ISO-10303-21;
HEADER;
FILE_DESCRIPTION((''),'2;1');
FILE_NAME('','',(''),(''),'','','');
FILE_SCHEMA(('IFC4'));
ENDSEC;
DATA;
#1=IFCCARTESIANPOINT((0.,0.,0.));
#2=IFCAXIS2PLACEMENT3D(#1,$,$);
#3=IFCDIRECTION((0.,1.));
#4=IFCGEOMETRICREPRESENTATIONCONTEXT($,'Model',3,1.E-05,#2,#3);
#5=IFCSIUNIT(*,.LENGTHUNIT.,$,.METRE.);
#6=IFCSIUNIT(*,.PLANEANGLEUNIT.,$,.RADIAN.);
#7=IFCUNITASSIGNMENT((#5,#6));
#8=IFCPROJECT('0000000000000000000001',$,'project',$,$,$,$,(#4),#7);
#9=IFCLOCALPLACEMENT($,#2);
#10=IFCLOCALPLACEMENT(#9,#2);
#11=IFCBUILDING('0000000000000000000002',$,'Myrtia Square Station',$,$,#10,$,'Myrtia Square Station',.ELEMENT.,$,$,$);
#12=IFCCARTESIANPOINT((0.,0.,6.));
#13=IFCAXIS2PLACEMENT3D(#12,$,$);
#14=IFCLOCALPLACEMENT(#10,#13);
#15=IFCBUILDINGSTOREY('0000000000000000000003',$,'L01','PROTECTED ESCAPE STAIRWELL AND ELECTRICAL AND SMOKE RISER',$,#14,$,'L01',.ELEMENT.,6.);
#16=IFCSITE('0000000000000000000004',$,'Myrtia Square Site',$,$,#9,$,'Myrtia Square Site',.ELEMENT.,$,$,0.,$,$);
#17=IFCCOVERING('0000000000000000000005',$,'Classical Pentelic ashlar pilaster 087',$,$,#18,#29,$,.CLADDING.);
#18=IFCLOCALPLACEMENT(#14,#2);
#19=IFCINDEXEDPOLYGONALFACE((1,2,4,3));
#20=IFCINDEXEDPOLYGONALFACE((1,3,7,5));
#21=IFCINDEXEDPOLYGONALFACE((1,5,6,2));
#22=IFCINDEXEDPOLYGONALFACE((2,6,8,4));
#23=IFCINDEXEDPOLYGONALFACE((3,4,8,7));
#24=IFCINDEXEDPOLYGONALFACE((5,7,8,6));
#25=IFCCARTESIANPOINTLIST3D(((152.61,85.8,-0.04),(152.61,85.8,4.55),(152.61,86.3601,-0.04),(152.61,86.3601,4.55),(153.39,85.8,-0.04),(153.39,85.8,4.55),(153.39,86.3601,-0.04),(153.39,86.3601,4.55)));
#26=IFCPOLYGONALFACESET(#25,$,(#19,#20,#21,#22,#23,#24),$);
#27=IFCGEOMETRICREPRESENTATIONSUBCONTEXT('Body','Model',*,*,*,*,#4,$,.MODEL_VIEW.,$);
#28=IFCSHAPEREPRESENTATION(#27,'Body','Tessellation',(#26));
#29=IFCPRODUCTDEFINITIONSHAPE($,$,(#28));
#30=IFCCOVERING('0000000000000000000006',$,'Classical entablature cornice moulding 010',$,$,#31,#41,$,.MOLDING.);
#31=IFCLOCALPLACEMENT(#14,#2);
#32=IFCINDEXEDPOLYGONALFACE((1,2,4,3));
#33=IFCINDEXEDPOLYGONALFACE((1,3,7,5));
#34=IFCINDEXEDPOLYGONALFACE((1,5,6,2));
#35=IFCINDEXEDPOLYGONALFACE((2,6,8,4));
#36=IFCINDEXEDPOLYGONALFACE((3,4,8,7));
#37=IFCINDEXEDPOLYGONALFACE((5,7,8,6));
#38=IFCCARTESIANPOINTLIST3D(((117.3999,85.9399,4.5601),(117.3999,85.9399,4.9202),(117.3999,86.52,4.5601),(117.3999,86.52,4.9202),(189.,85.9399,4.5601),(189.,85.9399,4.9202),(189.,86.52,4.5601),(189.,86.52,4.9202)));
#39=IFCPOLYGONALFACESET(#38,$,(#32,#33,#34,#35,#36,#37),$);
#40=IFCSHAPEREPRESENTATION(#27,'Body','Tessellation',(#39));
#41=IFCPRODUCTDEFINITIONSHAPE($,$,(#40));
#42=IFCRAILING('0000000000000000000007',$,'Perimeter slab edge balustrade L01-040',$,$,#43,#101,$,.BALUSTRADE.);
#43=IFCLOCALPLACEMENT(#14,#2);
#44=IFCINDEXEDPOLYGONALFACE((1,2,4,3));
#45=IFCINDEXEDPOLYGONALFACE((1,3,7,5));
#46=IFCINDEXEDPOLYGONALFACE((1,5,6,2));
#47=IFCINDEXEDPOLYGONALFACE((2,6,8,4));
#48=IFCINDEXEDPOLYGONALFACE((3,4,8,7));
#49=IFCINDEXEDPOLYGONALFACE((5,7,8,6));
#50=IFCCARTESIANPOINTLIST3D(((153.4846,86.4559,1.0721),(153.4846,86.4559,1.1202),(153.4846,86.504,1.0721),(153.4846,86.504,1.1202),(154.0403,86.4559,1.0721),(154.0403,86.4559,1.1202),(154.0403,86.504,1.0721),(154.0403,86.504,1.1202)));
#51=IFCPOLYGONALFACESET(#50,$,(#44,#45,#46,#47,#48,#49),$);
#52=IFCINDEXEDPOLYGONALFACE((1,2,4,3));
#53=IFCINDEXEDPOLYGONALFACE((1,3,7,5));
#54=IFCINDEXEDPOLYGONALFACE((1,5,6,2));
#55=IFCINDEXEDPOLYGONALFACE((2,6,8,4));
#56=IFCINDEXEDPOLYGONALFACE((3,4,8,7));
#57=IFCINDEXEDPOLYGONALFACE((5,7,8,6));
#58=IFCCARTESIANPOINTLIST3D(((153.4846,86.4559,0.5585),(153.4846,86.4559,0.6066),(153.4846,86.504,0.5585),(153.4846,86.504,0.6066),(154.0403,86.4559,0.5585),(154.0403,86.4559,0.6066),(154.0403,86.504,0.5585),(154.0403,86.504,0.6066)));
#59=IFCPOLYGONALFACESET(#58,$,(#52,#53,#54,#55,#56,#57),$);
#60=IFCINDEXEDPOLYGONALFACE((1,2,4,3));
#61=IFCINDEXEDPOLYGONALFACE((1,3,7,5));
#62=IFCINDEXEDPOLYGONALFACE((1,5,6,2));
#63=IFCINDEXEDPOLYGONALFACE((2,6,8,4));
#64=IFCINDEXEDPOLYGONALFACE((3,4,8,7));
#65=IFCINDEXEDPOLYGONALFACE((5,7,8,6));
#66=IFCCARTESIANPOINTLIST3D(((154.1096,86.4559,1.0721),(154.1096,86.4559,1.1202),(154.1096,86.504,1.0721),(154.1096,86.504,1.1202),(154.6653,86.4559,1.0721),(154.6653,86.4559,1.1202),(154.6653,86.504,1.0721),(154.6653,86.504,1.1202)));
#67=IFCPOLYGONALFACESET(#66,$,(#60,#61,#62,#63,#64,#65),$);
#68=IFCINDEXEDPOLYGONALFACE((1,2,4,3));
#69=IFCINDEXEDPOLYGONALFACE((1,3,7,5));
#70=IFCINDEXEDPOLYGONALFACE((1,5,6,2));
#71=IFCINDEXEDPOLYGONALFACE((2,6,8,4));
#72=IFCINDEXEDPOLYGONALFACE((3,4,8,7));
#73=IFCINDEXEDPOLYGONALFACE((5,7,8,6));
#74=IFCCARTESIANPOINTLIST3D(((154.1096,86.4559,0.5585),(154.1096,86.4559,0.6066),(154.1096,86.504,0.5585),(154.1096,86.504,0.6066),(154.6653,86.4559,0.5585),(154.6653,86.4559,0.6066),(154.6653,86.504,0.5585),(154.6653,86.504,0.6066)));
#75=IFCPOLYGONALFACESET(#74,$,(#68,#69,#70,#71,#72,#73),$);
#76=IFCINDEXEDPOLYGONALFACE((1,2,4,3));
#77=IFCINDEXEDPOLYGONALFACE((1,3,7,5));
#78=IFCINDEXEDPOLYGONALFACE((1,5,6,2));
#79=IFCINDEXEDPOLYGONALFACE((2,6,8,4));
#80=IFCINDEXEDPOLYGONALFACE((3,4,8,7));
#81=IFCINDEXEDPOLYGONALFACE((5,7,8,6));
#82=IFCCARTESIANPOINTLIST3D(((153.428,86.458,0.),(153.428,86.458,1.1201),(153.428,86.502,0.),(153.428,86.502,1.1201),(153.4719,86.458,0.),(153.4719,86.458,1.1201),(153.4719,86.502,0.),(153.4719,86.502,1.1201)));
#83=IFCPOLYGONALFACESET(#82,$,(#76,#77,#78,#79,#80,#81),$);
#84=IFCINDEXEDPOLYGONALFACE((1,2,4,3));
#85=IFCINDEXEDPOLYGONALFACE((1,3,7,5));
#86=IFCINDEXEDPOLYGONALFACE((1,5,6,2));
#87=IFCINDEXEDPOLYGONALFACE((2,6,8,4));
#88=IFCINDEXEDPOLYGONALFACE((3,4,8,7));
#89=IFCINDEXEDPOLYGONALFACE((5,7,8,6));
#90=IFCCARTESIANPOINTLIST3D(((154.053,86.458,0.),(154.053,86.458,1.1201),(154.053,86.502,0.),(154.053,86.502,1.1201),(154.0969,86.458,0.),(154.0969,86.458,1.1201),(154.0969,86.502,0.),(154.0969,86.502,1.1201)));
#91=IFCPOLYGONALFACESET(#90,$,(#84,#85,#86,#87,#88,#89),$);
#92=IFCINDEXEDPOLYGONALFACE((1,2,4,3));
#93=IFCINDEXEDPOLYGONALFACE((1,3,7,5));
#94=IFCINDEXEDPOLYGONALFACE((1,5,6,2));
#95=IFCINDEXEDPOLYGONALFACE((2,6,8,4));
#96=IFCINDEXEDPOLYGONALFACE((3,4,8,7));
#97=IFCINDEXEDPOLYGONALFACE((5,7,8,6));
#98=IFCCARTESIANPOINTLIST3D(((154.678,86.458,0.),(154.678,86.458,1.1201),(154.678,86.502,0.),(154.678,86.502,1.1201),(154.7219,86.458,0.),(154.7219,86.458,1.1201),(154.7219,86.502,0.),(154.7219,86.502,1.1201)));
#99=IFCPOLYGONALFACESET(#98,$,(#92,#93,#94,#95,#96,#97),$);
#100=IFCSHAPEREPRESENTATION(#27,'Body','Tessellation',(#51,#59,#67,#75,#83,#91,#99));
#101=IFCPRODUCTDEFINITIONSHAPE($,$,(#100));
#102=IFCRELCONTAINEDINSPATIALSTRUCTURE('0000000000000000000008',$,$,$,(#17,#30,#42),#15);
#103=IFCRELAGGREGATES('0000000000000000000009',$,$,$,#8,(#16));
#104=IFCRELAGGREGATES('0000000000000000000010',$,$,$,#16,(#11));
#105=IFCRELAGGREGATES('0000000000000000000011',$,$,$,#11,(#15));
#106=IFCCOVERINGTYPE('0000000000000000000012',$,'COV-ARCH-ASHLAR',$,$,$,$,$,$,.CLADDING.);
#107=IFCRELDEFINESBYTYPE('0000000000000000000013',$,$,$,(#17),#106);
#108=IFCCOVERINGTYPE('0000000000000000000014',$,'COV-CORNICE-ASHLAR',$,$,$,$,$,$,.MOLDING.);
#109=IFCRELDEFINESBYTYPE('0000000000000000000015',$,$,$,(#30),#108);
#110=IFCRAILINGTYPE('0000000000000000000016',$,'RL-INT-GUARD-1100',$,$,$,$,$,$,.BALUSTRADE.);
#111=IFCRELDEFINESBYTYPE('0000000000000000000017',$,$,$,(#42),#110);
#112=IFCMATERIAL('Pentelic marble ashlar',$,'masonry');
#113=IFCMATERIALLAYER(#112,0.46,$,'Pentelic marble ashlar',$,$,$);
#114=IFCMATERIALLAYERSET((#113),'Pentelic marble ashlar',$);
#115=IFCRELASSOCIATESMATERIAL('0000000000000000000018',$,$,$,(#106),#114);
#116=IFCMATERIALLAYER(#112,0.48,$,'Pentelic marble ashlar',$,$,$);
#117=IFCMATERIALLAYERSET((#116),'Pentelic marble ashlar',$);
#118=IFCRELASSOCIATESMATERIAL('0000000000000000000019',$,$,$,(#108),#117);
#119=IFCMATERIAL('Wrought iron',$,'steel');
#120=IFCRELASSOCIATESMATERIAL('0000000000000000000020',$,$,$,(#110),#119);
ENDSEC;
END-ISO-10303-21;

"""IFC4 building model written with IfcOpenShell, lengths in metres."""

from ifc_helpers import new_model, si_unit, direction, frame, origin, origin_2d, place, context, subcontext, project, spatial, rectangle, extrude, material, layer, layer_set, type_object, element, save


model = new_model("IFC4")

# Units and contexts
model_context = context("Model", 3, precision=1e-05, world=origin(), true_north=direction((0.0, 1.0)))
body_context = subcontext(model_context, "Body", "Model", "MODEL_VIEW")
ifc_project = project(units=[si_unit("LENGTHUNIT", "METRE"), si_unit("PLANEANGLEUNIT", "RADIAN")], contexts=[model_context])

# Site, building, storey
site_placement = place(None, origin())
site = spatial("IfcSite", under=ifc_project, at=site_placement, Name="Myrtia Square Site", LongName="Myrtia Square Site", CompositionType="ELEMENT", RefElevation=0.0)
building_placement = place(site_placement, origin())
building = spatial("IfcBuilding", under=site, at=building_placement, Name="Myrtia Square Station", LongName="Myrtia Square Station", CompositionType="ELEMENT")
storey_placement = place(building_placement, frame((0.0, 0.0, 6.0)))
storey = spatial("IfcBuildingStorey", under=building, at=storey_placement, Name="L01", Description="PROTECTED ESCAPE STAIRWELL AND ELECTRICAL AND SMOKE RISER", LongName="L01", CompositionType="ELEMENT", Elevation=6.0)

# Coverings
ifc_material_1 = material(Name="Pentelic marble ashlar", Category="masonry")
ifc_layer_1 = layer(ifc_material_1, 0.46, Name="Pentelic marble ashlar")
ifc_layer_set_1 = layer_set([ifc_layer_1], Name="Pentelic marble ashlar")
covering_type_1 = type_object("IfcCoveringType", Name="COV-ARCH-ASHLAR", PredefinedType="CLADDING", material=ifc_layer_set_1)
covering_1_placement = place(storey_placement, frame((153.0, 86.0801, -0.04), z_axis=(0.0, 0.0, 1.0), x_axis=(1.0, 0.0, 0.0)))
element("IfcCovering", 1, at=covering_1_placement, inside=storey, type_object=covering_type_1, Name="Classical Pentelic ashlar pilaster 087", PredefinedType="CLADDING", context=body_context, shape_type="SweptSolid", body=[
    extrude(rectangle(XDim=0.78, YDim=0.5601, at=origin_2d()), origin(), (0.0, 0.0, 1.0), 4.5901),
])
ifc_layer_2 = layer(ifc_material_1, 0.48, Name="Pentelic marble ashlar")
ifc_layer_set_2 = layer_set([ifc_layer_2], Name="Pentelic marble ashlar")
covering_type_2 = type_object("IfcCoveringType", Name="COV-CORNICE-ASHLAR", PredefinedType="MOLDING", material=ifc_layer_set_2)
covering_2_placement = place(storey_placement, frame((153.2, 86.23, 4.5601), z_axis=(0.0, 0.0, 1.0), x_axis=(1.0, 0.0, 0.0)))
element("IfcCovering", 2, at=covering_2_placement, inside=storey, type_object=covering_type_2, Name="Classical entablature cornice moulding 010", PredefinedType="MOLDING", context=body_context, shape_type="SweptSolid", body=[
    extrude(rectangle(XDim=71.6001, YDim=0.5801, at=origin_2d()), origin(), (0.0, 0.0, 1.0), 0.3601),
])

# Railing
ifc_material_2 = material(Name="Wrought iron", Category="steel")
railing_type = type_object("IfcRailingType", Name="RL-INT-GUARD-1100", PredefinedType="BALUSTRADE", material=ifc_material_2)
railing_placement = place(storey_placement, frame((153.45, 86.48, 0.0)))
element("IfcRailing", 3, at=railing_placement, inside=storey, type_object=railing_type, Name="Perimeter slab edge balustrade L01-040", PredefinedType="BALUSTRADE", context=body_context, shape_type="SweptSolid", body=[
    extrude(rectangle(XDim=0.0481, YDim=0.0481, at=origin_2d()), frame((0.0347, 0.0, 1.0962), z_axis=(1.0, 0.0, 0.0), x_axis=(0.0, 1.0, 0.0)), (0.0, 0.0, 1.0), 0.5557),
    extrude(rectangle(XDim=0.0481, YDim=0.0481, at=origin_2d()), frame((0.0347, 0.0, 0.5825), z_axis=(1.0, 0.0, 0.0), x_axis=(0.0, 1.0, 0.0)), (0.0, 0.0, 1.0), 0.5557),
    extrude(rectangle(XDim=0.0481, YDim=0.0481, at=origin_2d()), frame((0.6597, 0.0, 1.0962), z_axis=(1.0, 0.0, 0.0), x_axis=(0.0, 1.0, 0.0)), (0.0, 0.0, 1.0), 0.5557),
    extrude(rectangle(XDim=0.0481, YDim=0.0481, at=origin_2d()), frame((0.6597, 0.0, 0.5825), z_axis=(1.0, 0.0, 0.0), x_axis=(0.0, 1.0, 0.0)), (0.0, 0.0, 1.0), 0.5557),
    extrude(rectangle(XDim=0.0439, YDim=0.0439, at=origin_2d()), origin(), (0.0, 0.0, 1.0), 1.1201),
    extrude(rectangle(XDim=0.0439, YDim=0.0439, at=origin_2d()), frame((0.625, 0.0, 0.0)), (0.0, 0.0, 1.0), 1.1201),
    extrude(rectangle(XDim=0.0439, YDim=0.0439, at=origin_2d()), frame((1.25, 0.0, 0.0)), (0.0, 0.0, 1.0), 1.1201),
])

save(model, "model.ifc")
